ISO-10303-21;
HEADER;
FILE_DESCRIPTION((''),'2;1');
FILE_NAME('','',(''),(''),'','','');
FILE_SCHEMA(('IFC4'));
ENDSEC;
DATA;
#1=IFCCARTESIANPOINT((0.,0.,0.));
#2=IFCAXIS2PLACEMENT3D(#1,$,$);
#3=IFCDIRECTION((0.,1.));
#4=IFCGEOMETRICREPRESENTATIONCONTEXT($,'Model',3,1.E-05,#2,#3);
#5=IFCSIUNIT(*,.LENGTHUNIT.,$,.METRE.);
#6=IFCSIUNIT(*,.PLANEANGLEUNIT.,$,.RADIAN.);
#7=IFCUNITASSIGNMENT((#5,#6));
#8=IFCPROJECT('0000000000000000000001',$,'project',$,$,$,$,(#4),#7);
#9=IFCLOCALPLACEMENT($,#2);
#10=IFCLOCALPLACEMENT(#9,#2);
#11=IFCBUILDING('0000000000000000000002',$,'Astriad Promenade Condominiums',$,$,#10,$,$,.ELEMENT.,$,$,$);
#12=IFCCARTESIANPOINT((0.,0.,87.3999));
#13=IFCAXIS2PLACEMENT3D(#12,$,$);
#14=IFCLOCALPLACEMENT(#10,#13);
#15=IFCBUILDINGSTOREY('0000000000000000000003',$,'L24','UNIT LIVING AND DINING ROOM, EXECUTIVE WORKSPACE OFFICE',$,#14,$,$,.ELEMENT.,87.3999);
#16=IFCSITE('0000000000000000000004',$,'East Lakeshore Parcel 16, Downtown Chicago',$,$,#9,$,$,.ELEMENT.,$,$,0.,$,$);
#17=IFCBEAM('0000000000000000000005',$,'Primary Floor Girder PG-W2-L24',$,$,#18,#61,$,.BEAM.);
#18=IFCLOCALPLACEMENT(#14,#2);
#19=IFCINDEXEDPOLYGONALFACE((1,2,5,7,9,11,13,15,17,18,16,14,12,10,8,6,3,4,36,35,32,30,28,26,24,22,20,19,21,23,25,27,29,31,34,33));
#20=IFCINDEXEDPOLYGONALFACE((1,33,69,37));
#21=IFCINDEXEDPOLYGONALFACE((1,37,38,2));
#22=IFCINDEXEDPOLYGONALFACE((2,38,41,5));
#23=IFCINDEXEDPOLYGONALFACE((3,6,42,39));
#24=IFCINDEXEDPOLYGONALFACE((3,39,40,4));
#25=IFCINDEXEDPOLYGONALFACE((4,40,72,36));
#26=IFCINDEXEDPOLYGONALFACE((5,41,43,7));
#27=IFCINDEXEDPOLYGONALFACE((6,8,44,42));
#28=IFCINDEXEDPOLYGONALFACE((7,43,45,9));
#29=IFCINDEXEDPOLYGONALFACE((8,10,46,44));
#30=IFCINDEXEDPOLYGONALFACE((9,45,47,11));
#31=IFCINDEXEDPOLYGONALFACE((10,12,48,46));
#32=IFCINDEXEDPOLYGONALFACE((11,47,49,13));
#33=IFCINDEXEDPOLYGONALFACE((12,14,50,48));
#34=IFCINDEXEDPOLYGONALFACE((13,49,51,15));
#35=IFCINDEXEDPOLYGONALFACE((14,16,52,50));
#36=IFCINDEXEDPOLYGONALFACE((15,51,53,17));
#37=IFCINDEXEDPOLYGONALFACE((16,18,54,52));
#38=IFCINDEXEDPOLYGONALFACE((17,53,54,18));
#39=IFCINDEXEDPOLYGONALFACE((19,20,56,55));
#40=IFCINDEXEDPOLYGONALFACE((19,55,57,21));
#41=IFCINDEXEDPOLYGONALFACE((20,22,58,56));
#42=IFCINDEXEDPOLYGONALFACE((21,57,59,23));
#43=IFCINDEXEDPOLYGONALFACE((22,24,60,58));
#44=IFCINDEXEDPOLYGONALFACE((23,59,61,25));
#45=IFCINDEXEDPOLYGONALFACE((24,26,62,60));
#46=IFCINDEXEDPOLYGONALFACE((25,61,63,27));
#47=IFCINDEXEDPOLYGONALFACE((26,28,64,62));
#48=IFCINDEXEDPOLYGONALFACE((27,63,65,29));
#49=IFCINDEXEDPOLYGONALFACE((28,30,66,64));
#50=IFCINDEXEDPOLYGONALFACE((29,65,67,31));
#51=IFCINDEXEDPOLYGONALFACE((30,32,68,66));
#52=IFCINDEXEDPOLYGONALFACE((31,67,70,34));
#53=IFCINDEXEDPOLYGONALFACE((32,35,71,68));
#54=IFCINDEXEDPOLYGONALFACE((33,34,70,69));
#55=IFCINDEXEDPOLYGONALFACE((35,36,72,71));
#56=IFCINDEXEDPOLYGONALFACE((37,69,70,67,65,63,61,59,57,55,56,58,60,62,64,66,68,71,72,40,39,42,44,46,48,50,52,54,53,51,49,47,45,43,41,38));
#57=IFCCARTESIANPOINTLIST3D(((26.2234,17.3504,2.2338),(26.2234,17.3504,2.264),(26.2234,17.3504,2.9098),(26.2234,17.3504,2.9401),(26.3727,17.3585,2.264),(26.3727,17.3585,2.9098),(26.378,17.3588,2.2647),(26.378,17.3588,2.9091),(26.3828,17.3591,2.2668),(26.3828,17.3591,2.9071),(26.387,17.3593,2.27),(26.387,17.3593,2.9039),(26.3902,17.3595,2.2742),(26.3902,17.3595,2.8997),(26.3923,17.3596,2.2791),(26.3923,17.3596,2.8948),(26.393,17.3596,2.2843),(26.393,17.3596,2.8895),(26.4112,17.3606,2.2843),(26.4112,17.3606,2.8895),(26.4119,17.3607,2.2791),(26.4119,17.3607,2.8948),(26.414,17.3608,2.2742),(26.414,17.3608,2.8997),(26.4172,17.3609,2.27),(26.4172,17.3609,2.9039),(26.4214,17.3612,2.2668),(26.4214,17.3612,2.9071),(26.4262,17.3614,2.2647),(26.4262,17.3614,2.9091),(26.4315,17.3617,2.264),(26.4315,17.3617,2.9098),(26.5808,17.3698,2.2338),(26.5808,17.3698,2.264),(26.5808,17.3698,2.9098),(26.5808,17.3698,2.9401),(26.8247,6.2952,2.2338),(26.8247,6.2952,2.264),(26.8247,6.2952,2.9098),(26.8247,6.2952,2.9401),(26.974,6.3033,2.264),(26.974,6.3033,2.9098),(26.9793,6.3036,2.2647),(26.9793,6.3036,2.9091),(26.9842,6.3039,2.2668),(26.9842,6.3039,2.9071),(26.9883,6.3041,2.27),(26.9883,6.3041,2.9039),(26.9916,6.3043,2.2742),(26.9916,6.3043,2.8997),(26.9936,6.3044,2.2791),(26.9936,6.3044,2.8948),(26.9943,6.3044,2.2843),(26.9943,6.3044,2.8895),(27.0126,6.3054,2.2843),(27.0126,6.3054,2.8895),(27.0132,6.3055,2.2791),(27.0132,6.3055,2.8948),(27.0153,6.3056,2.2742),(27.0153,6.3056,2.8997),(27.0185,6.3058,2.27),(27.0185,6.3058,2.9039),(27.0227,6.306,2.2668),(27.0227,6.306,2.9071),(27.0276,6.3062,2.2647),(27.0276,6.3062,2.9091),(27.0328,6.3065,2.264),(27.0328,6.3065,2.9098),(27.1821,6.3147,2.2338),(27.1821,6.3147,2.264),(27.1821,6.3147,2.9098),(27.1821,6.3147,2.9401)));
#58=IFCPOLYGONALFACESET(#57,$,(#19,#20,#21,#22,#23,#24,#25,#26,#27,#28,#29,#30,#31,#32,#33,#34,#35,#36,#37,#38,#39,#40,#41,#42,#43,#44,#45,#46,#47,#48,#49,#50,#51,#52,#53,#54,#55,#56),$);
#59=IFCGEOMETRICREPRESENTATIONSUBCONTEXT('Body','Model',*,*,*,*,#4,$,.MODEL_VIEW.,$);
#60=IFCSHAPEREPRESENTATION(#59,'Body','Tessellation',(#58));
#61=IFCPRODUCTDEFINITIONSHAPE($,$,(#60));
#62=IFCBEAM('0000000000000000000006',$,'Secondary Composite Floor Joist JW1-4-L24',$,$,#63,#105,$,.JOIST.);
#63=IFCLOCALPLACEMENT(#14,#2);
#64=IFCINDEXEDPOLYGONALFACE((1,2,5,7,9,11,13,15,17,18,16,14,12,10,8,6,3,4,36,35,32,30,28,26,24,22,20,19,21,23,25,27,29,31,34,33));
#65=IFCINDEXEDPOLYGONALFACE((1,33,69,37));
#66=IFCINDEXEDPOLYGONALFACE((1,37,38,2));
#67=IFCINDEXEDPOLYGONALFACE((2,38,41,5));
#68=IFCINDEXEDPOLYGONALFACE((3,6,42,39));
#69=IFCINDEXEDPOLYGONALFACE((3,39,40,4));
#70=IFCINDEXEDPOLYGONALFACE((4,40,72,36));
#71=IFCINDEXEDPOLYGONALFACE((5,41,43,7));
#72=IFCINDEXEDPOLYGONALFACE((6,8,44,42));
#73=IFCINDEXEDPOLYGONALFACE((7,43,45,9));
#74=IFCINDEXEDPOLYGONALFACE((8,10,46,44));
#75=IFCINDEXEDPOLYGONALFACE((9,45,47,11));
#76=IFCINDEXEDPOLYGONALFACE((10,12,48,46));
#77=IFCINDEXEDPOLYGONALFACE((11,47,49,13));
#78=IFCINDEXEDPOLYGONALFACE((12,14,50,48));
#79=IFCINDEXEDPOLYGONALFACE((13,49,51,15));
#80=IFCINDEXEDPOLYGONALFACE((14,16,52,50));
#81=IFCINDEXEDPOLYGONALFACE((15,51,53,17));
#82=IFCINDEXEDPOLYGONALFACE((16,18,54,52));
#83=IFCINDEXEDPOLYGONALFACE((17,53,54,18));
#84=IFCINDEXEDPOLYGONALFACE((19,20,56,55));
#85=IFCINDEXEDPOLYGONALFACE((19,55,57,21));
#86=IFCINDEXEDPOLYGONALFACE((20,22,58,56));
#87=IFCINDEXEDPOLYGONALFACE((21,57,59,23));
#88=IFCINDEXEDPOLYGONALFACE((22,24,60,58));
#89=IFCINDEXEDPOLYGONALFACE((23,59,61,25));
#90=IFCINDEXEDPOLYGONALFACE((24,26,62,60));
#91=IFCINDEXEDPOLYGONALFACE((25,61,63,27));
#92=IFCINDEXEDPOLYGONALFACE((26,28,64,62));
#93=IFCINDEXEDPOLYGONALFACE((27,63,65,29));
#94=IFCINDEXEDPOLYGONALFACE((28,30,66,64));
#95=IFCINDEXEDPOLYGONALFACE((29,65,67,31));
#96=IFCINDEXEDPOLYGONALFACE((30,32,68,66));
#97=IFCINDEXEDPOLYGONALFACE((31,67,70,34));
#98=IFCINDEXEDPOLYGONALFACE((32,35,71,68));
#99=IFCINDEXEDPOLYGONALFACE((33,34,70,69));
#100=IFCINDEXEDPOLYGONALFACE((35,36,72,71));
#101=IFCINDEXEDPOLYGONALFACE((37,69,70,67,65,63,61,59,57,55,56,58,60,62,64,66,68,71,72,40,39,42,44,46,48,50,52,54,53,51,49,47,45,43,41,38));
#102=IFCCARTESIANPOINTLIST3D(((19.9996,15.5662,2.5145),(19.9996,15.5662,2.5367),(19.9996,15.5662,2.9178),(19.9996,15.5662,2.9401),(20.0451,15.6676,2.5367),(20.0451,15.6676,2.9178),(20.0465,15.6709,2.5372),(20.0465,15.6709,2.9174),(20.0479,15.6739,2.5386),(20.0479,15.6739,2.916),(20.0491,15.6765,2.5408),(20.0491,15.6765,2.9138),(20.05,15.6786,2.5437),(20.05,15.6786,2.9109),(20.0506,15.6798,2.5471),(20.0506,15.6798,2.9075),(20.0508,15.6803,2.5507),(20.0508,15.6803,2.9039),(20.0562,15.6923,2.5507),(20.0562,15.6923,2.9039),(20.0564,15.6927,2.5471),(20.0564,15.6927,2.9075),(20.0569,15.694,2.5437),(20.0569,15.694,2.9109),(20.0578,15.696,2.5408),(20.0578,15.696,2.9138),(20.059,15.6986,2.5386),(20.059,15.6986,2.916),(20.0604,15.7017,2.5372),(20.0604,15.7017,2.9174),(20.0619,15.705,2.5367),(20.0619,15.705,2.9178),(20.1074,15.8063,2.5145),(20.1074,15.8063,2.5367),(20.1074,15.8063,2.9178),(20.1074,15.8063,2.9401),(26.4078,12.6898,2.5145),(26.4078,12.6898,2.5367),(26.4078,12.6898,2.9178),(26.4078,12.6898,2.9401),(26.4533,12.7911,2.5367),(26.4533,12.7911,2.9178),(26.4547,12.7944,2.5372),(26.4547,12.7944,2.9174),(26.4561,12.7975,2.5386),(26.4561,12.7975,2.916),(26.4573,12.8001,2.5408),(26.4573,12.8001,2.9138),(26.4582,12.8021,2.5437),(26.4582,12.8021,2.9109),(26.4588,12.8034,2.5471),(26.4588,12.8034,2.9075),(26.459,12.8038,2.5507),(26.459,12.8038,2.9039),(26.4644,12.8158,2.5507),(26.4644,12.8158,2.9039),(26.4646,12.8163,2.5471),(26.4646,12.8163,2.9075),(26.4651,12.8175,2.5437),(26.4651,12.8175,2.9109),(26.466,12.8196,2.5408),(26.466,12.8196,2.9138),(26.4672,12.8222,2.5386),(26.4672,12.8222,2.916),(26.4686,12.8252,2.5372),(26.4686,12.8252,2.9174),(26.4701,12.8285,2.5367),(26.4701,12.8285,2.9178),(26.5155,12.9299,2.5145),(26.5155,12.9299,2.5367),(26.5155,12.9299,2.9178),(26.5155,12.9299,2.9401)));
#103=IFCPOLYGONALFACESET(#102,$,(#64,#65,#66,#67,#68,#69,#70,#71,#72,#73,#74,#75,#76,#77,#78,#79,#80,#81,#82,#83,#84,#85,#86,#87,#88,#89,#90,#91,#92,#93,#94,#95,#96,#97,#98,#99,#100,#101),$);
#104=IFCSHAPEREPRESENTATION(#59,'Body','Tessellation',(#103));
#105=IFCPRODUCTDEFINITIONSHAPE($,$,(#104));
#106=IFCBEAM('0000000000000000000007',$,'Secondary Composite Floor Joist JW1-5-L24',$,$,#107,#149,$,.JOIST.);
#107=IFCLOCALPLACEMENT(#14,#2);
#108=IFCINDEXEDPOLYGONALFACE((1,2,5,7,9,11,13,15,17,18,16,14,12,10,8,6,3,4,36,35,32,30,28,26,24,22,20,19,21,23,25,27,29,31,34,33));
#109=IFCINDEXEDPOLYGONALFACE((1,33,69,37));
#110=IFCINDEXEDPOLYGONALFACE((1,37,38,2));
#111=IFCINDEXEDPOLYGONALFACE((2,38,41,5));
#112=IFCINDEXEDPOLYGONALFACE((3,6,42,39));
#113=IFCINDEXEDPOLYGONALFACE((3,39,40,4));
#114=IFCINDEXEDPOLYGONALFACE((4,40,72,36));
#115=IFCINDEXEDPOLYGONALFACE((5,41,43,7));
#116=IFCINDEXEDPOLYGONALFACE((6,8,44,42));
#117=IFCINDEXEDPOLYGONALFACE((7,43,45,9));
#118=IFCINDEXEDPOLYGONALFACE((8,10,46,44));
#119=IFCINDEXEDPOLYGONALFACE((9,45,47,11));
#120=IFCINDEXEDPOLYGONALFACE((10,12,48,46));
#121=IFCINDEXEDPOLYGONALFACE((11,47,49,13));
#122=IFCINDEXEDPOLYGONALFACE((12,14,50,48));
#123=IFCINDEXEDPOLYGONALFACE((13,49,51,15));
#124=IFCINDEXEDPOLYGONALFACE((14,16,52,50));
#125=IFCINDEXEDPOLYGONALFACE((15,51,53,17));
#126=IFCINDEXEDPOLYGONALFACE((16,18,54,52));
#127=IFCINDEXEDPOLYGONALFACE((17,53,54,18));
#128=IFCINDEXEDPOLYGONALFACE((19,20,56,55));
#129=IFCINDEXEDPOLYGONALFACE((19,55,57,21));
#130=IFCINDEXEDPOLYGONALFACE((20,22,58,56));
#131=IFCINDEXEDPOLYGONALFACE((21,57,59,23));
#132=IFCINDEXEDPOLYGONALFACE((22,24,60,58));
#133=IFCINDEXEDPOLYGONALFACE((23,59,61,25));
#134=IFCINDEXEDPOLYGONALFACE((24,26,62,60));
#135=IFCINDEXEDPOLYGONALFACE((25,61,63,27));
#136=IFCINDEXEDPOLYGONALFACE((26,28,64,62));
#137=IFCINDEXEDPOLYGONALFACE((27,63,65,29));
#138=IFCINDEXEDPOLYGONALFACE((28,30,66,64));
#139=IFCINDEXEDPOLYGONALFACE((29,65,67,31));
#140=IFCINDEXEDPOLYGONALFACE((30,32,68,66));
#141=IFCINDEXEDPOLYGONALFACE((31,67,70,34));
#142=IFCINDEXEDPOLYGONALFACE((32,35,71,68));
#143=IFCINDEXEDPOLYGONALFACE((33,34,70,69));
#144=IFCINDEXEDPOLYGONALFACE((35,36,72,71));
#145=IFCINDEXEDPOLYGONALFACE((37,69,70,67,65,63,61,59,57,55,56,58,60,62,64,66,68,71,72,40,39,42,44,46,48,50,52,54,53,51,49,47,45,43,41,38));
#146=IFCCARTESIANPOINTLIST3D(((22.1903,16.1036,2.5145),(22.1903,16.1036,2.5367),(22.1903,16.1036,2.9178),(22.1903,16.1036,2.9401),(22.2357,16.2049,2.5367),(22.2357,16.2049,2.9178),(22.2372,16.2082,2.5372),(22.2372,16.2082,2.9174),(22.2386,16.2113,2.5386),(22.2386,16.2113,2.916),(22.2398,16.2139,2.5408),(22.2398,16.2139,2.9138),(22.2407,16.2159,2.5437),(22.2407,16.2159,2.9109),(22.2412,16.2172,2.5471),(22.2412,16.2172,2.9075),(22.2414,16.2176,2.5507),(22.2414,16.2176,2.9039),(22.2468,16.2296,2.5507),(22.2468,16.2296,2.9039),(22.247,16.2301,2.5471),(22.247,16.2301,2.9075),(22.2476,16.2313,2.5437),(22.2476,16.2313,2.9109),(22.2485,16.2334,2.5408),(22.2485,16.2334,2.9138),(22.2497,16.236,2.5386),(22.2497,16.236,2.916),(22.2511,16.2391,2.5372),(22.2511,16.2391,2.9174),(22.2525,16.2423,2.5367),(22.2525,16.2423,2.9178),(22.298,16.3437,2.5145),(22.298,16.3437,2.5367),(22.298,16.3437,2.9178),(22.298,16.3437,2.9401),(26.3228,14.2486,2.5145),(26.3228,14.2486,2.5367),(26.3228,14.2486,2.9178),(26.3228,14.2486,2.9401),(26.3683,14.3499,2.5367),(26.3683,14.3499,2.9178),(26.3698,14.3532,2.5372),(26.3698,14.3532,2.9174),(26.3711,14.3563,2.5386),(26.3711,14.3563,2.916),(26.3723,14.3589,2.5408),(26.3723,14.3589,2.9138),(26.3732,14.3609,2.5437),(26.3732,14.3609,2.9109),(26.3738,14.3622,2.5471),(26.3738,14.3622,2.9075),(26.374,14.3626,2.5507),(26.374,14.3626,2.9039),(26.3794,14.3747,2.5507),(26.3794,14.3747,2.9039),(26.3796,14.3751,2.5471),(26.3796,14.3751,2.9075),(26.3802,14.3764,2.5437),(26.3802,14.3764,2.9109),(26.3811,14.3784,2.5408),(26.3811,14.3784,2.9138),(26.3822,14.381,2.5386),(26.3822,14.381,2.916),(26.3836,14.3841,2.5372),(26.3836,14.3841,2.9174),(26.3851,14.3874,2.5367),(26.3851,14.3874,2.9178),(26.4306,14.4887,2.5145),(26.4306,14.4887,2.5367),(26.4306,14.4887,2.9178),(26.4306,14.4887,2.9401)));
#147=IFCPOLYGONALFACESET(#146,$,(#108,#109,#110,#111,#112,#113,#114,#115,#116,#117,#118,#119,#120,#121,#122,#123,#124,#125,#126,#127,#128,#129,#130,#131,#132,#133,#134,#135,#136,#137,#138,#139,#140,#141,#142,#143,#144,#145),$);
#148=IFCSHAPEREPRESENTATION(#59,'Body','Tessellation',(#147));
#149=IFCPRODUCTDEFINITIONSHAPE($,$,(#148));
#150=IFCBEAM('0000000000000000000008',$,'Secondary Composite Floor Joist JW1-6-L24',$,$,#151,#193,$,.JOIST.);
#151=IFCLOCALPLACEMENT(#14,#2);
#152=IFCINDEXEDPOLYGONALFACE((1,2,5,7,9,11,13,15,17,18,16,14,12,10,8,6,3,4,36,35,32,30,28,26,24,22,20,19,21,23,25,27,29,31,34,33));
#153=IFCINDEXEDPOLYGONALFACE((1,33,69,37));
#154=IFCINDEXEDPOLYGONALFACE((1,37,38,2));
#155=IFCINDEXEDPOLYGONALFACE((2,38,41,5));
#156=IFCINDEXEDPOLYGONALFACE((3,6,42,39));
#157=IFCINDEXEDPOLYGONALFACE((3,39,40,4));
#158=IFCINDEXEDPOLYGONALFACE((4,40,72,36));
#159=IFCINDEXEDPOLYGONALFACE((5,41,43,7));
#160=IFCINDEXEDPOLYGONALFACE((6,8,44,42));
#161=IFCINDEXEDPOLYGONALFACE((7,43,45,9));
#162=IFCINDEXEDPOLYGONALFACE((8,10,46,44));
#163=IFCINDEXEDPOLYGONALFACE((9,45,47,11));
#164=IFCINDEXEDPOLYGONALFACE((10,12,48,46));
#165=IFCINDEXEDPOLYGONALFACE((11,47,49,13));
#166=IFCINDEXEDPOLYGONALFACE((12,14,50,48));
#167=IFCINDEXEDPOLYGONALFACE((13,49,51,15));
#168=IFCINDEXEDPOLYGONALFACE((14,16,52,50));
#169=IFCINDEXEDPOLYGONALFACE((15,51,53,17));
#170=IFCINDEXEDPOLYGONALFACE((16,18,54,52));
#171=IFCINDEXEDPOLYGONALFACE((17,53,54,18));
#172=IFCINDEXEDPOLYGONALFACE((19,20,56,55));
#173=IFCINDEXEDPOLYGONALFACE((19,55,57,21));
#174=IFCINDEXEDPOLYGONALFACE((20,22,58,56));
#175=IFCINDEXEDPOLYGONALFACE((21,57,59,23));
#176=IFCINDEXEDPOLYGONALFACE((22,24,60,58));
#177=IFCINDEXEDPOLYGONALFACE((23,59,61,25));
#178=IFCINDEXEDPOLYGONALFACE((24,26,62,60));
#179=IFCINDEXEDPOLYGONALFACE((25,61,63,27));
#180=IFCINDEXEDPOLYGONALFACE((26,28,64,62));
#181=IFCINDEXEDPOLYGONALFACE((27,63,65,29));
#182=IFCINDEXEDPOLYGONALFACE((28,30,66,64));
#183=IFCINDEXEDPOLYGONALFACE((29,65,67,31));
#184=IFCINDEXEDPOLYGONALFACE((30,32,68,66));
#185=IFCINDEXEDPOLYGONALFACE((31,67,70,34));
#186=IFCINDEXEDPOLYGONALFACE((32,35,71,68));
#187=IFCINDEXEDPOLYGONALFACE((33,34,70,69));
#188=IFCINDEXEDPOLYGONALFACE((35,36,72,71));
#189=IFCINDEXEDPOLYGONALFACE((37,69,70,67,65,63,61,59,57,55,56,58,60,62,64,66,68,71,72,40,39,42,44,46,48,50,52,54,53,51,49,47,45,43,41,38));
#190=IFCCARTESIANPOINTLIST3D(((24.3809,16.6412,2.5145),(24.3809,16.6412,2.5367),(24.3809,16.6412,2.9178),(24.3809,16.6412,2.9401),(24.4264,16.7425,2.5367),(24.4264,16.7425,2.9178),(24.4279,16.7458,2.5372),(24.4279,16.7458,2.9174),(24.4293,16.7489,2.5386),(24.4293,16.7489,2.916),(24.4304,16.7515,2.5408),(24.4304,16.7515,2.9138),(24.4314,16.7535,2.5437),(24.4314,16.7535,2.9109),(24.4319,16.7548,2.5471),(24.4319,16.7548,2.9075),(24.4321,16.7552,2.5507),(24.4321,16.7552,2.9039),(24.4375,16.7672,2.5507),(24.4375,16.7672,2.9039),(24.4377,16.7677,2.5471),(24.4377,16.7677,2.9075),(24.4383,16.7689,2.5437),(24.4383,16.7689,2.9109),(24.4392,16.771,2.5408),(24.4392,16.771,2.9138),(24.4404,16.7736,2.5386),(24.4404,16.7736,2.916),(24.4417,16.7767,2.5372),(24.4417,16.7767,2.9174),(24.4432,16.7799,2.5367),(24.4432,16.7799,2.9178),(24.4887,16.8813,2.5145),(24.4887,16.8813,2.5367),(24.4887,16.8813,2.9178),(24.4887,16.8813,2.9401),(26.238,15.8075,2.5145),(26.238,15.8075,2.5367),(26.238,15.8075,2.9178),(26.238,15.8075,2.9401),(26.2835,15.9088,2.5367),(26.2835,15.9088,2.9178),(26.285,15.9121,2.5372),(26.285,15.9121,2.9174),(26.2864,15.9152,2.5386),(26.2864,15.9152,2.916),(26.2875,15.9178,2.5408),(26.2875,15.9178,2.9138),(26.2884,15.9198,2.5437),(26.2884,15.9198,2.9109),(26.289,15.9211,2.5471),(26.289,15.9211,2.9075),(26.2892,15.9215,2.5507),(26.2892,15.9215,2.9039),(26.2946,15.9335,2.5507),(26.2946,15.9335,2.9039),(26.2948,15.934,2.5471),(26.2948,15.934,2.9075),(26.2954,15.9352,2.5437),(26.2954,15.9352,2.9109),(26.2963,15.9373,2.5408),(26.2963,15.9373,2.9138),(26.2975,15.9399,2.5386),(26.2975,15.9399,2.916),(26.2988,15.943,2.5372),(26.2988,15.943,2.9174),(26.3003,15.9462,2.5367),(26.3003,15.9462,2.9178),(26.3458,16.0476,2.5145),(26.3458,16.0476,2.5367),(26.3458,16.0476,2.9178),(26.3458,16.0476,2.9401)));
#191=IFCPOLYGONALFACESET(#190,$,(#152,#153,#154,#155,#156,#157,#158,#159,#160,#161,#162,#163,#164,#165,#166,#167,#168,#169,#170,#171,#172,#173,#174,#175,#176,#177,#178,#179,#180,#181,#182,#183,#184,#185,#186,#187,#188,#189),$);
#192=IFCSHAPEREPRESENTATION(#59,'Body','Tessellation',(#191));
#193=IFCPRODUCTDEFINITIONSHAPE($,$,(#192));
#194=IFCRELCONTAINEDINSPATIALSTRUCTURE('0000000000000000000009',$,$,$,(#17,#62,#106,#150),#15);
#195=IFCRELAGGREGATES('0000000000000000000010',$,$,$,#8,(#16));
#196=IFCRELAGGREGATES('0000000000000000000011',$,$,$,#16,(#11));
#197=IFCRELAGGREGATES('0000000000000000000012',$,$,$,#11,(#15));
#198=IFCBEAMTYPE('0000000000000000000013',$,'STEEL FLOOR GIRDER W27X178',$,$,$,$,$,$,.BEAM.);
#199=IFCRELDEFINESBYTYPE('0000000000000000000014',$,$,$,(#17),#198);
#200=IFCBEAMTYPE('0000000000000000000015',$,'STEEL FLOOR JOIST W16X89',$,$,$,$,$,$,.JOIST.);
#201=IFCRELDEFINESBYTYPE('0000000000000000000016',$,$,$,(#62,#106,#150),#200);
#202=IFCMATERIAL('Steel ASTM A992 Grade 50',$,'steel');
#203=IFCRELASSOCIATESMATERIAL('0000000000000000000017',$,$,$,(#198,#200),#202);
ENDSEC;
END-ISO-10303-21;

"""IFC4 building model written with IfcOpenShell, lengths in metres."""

from ifc_helpers import new_model, si_unit, direction, frame, origin, origin_2d, place, context, subcontext, project, spatial, i_section, extrude, source, transform, mapped, material, material_profile, profile_set, type_object, type_shapes, element, save


model = new_model("IFC4")

# Units and contexts
model_context = context("Model", 3, precision=1e-05, world=origin(), true_north=direction((0.0, 1.0)))
body_context = subcontext(model_context, "Body", "Model", "MODEL_VIEW")
ifc_project = project(units=[si_unit("LENGTHUNIT", "METRE"), si_unit("PLANEANGLEUNIT", "RADIAN")], contexts=[model_context])

# Site, building, storey
site_placement = place(None, origin())
site = spatial("IfcSite", under=ifc_project, at=site_placement, Name="East Lakeshore Parcel 16, Downtown Chicago", CompositionType="ELEMENT", RefElevation=0.0)
building_placement = place(site_placement, origin())
building = spatial("IfcBuilding", under=site, at=building_placement, Name="Astriad Promenade Condominiums", CompositionType="ELEMENT")
storey_placement = place(building_placement, frame((0.0, 0.0, 87.3999)))
storey = spatial("IfcBuildingStorey", under=building, at=storey_placement, Name="L24", Description="UNIT LIVING AND DINING ROOM, EXECUTIVE WORKSPACE OFFICE", CompositionType="ELEMENT", Elevation=87.3999)

# Shared definitions
ifc_material_1 = material(Name="Steel ASTM A992 Grade 50", Category="steel")

# Beams
ifc_material_profile_1 = material_profile(ifc_material_1, i_section(OverallWidth=0.3579, OverallDepth=0.7063, WebThickness=0.0183, FlangeThickness=0.0303, FilletRadius=0.0203, at=origin_2d()), Name="W27X178")
ifc_profile_set_1 = profile_set([ifc_material_profile_1], Name="Steel ASTM A992 Grade 50")
beam_type_1 = type_object("IfcBeamType", Name="STEEL FLOOR GIRDER W27X178", PredefinedType="BEAM", material=ifc_profile_set_1)
shared_shape_1 = source(origin(), body_context, "Body", "SweptSolid", [
    extrude(i_section(OverallWidth=0.3579, OverallDepth=0.7063, WebThickness=0.0183, FlangeThickness=0.0303, FilletRadius=0.0203, at=origin_2d()), origin(), (0.0, 0.0, 1.0), 11.0715),
])
type_shapes(beam_type_1, [shared_shape_1])
beam_1_placement = place(storey_placement, frame((27.0034, 6.3049, 2.5869), z_axis=(-0.054312, 0.998524, 0.0), x_axis=(-0.998524, -0.054312, 0.0)))
element("IfcBeam", 1, at=beam_1_placement, inside=storey, type_object=beam_type_1, Name="Primary Floor Girder PG-W2-L24", PredefinedType="BEAM", context=body_context, shape_type="MappedRepresentation", body=[
    mapped(shared_shape_1, transform((0.0, 0.0, 0.0), scale=1.0)),
])
ifc_material_profile_2 = material_profile(ifc_material_1, i_section(OverallWidth=0.2632, OverallDepth=0.4255, WebThickness=0.0132, FlangeThickness=0.0222, FilletRadius=0.0139, at=origin_2d()), Name="W16X89")
ifc_profile_set_2 = profile_set([ifc_material_profile_2], Name="Steel ASTM A992 Grade 50")
beam_type_2 = type_object("IfcBeamType", Name="STEEL FLOOR JOIST W16X89", PredefinedType="JOIST", material=ifc_profile_set_2)
shared_shape_2 = source(origin(), body_context, "Body", "SweptSolid", [
    extrude(i_section(OverallWidth=0.2632, OverallDepth=0.4255, WebThickness=0.0132, FlangeThickness=0.0222, FilletRadius=0.0139, at=origin_2d()), origin(), (0.0, 0.0, 1.0), 7.0242),
])
beam_2_placement = place(storey_placement, frame((20.0535, 15.6863, 2.7273), z_axis=(0.912306, -0.409509, 0.0), x_axis=(0.409509, 0.912306, 0.0)))
element("IfcBeam", 2, at=beam_2_placement, inside=storey, type_object=beam_type_2, Name="Secondary Composite Floor Joist JW1-4-L24", PredefinedType="JOIST", context=body_context, shape_type="MappedRepresentation", body=[
    mapped(shared_shape_2, transform((0.0, 0.0, 0.0), scale=1.0)),
])
shared_shape_3 = source(origin(), body_context, "Body", "SweptSolid", [
    extrude(i_section(OverallWidth=0.2632, OverallDepth=0.4255, WebThickness=0.0132, FlangeThickness=0.0222, FilletRadius=0.0139, at=origin_2d()), origin(), (0.0, 0.0, 1.0), 4.5298),
])
beam_3_placement = place(storey_placement, frame((22.2441, 16.2236, 2.7273), z_axis=(0.912307, -0.409506, 0.0), x_axis=(0.409506, 0.912307, 0.0)))
element("IfcBeam", 3, at=beam_3_placement, inside=storey, type_object=beam_type_2, Name="Secondary Composite Floor Joist JW1-5-L24", PredefinedType="JOIST", context=body_context, shape_type="MappedRepresentation", body=[
    mapped(shared_shape_3, transform((0.0, 0.0, 0.0), scale=1.0)),
])
shared_shape_4 = source(origin(), body_context, "Body", "SweptSolid", [
    extrude(i_section(OverallWidth=0.2632, OverallDepth=0.4255, WebThickness=0.0132, FlangeThickness=0.0222, FilletRadius=0.0139, at=origin_2d()), origin(), (0.0, 0.0, 1.0), 2.0356),
])
type_shapes(beam_type_2, [shared_shape_2, shared_shape_3, shared_shape_4])
beam_4_placement = place(storey_placement, frame((24.4348, 16.7612, 2.7273), z_axis=(0.912287, -0.409552, 0.0), x_axis=(0.409552, 0.912287, 0.0)))
element("IfcBeam", 4, at=beam_4_placement, inside=storey, type_object=beam_type_2, Name="Secondary Composite Floor Joist JW1-6-L24", PredefinedType="JOIST", context=body_context, shape_type="MappedRepresentation", body=[
    mapped(shared_shape_4, transform((0.0, 0.0, 0.0), scale=1.0)),
])

save(model, "model.ifc")
